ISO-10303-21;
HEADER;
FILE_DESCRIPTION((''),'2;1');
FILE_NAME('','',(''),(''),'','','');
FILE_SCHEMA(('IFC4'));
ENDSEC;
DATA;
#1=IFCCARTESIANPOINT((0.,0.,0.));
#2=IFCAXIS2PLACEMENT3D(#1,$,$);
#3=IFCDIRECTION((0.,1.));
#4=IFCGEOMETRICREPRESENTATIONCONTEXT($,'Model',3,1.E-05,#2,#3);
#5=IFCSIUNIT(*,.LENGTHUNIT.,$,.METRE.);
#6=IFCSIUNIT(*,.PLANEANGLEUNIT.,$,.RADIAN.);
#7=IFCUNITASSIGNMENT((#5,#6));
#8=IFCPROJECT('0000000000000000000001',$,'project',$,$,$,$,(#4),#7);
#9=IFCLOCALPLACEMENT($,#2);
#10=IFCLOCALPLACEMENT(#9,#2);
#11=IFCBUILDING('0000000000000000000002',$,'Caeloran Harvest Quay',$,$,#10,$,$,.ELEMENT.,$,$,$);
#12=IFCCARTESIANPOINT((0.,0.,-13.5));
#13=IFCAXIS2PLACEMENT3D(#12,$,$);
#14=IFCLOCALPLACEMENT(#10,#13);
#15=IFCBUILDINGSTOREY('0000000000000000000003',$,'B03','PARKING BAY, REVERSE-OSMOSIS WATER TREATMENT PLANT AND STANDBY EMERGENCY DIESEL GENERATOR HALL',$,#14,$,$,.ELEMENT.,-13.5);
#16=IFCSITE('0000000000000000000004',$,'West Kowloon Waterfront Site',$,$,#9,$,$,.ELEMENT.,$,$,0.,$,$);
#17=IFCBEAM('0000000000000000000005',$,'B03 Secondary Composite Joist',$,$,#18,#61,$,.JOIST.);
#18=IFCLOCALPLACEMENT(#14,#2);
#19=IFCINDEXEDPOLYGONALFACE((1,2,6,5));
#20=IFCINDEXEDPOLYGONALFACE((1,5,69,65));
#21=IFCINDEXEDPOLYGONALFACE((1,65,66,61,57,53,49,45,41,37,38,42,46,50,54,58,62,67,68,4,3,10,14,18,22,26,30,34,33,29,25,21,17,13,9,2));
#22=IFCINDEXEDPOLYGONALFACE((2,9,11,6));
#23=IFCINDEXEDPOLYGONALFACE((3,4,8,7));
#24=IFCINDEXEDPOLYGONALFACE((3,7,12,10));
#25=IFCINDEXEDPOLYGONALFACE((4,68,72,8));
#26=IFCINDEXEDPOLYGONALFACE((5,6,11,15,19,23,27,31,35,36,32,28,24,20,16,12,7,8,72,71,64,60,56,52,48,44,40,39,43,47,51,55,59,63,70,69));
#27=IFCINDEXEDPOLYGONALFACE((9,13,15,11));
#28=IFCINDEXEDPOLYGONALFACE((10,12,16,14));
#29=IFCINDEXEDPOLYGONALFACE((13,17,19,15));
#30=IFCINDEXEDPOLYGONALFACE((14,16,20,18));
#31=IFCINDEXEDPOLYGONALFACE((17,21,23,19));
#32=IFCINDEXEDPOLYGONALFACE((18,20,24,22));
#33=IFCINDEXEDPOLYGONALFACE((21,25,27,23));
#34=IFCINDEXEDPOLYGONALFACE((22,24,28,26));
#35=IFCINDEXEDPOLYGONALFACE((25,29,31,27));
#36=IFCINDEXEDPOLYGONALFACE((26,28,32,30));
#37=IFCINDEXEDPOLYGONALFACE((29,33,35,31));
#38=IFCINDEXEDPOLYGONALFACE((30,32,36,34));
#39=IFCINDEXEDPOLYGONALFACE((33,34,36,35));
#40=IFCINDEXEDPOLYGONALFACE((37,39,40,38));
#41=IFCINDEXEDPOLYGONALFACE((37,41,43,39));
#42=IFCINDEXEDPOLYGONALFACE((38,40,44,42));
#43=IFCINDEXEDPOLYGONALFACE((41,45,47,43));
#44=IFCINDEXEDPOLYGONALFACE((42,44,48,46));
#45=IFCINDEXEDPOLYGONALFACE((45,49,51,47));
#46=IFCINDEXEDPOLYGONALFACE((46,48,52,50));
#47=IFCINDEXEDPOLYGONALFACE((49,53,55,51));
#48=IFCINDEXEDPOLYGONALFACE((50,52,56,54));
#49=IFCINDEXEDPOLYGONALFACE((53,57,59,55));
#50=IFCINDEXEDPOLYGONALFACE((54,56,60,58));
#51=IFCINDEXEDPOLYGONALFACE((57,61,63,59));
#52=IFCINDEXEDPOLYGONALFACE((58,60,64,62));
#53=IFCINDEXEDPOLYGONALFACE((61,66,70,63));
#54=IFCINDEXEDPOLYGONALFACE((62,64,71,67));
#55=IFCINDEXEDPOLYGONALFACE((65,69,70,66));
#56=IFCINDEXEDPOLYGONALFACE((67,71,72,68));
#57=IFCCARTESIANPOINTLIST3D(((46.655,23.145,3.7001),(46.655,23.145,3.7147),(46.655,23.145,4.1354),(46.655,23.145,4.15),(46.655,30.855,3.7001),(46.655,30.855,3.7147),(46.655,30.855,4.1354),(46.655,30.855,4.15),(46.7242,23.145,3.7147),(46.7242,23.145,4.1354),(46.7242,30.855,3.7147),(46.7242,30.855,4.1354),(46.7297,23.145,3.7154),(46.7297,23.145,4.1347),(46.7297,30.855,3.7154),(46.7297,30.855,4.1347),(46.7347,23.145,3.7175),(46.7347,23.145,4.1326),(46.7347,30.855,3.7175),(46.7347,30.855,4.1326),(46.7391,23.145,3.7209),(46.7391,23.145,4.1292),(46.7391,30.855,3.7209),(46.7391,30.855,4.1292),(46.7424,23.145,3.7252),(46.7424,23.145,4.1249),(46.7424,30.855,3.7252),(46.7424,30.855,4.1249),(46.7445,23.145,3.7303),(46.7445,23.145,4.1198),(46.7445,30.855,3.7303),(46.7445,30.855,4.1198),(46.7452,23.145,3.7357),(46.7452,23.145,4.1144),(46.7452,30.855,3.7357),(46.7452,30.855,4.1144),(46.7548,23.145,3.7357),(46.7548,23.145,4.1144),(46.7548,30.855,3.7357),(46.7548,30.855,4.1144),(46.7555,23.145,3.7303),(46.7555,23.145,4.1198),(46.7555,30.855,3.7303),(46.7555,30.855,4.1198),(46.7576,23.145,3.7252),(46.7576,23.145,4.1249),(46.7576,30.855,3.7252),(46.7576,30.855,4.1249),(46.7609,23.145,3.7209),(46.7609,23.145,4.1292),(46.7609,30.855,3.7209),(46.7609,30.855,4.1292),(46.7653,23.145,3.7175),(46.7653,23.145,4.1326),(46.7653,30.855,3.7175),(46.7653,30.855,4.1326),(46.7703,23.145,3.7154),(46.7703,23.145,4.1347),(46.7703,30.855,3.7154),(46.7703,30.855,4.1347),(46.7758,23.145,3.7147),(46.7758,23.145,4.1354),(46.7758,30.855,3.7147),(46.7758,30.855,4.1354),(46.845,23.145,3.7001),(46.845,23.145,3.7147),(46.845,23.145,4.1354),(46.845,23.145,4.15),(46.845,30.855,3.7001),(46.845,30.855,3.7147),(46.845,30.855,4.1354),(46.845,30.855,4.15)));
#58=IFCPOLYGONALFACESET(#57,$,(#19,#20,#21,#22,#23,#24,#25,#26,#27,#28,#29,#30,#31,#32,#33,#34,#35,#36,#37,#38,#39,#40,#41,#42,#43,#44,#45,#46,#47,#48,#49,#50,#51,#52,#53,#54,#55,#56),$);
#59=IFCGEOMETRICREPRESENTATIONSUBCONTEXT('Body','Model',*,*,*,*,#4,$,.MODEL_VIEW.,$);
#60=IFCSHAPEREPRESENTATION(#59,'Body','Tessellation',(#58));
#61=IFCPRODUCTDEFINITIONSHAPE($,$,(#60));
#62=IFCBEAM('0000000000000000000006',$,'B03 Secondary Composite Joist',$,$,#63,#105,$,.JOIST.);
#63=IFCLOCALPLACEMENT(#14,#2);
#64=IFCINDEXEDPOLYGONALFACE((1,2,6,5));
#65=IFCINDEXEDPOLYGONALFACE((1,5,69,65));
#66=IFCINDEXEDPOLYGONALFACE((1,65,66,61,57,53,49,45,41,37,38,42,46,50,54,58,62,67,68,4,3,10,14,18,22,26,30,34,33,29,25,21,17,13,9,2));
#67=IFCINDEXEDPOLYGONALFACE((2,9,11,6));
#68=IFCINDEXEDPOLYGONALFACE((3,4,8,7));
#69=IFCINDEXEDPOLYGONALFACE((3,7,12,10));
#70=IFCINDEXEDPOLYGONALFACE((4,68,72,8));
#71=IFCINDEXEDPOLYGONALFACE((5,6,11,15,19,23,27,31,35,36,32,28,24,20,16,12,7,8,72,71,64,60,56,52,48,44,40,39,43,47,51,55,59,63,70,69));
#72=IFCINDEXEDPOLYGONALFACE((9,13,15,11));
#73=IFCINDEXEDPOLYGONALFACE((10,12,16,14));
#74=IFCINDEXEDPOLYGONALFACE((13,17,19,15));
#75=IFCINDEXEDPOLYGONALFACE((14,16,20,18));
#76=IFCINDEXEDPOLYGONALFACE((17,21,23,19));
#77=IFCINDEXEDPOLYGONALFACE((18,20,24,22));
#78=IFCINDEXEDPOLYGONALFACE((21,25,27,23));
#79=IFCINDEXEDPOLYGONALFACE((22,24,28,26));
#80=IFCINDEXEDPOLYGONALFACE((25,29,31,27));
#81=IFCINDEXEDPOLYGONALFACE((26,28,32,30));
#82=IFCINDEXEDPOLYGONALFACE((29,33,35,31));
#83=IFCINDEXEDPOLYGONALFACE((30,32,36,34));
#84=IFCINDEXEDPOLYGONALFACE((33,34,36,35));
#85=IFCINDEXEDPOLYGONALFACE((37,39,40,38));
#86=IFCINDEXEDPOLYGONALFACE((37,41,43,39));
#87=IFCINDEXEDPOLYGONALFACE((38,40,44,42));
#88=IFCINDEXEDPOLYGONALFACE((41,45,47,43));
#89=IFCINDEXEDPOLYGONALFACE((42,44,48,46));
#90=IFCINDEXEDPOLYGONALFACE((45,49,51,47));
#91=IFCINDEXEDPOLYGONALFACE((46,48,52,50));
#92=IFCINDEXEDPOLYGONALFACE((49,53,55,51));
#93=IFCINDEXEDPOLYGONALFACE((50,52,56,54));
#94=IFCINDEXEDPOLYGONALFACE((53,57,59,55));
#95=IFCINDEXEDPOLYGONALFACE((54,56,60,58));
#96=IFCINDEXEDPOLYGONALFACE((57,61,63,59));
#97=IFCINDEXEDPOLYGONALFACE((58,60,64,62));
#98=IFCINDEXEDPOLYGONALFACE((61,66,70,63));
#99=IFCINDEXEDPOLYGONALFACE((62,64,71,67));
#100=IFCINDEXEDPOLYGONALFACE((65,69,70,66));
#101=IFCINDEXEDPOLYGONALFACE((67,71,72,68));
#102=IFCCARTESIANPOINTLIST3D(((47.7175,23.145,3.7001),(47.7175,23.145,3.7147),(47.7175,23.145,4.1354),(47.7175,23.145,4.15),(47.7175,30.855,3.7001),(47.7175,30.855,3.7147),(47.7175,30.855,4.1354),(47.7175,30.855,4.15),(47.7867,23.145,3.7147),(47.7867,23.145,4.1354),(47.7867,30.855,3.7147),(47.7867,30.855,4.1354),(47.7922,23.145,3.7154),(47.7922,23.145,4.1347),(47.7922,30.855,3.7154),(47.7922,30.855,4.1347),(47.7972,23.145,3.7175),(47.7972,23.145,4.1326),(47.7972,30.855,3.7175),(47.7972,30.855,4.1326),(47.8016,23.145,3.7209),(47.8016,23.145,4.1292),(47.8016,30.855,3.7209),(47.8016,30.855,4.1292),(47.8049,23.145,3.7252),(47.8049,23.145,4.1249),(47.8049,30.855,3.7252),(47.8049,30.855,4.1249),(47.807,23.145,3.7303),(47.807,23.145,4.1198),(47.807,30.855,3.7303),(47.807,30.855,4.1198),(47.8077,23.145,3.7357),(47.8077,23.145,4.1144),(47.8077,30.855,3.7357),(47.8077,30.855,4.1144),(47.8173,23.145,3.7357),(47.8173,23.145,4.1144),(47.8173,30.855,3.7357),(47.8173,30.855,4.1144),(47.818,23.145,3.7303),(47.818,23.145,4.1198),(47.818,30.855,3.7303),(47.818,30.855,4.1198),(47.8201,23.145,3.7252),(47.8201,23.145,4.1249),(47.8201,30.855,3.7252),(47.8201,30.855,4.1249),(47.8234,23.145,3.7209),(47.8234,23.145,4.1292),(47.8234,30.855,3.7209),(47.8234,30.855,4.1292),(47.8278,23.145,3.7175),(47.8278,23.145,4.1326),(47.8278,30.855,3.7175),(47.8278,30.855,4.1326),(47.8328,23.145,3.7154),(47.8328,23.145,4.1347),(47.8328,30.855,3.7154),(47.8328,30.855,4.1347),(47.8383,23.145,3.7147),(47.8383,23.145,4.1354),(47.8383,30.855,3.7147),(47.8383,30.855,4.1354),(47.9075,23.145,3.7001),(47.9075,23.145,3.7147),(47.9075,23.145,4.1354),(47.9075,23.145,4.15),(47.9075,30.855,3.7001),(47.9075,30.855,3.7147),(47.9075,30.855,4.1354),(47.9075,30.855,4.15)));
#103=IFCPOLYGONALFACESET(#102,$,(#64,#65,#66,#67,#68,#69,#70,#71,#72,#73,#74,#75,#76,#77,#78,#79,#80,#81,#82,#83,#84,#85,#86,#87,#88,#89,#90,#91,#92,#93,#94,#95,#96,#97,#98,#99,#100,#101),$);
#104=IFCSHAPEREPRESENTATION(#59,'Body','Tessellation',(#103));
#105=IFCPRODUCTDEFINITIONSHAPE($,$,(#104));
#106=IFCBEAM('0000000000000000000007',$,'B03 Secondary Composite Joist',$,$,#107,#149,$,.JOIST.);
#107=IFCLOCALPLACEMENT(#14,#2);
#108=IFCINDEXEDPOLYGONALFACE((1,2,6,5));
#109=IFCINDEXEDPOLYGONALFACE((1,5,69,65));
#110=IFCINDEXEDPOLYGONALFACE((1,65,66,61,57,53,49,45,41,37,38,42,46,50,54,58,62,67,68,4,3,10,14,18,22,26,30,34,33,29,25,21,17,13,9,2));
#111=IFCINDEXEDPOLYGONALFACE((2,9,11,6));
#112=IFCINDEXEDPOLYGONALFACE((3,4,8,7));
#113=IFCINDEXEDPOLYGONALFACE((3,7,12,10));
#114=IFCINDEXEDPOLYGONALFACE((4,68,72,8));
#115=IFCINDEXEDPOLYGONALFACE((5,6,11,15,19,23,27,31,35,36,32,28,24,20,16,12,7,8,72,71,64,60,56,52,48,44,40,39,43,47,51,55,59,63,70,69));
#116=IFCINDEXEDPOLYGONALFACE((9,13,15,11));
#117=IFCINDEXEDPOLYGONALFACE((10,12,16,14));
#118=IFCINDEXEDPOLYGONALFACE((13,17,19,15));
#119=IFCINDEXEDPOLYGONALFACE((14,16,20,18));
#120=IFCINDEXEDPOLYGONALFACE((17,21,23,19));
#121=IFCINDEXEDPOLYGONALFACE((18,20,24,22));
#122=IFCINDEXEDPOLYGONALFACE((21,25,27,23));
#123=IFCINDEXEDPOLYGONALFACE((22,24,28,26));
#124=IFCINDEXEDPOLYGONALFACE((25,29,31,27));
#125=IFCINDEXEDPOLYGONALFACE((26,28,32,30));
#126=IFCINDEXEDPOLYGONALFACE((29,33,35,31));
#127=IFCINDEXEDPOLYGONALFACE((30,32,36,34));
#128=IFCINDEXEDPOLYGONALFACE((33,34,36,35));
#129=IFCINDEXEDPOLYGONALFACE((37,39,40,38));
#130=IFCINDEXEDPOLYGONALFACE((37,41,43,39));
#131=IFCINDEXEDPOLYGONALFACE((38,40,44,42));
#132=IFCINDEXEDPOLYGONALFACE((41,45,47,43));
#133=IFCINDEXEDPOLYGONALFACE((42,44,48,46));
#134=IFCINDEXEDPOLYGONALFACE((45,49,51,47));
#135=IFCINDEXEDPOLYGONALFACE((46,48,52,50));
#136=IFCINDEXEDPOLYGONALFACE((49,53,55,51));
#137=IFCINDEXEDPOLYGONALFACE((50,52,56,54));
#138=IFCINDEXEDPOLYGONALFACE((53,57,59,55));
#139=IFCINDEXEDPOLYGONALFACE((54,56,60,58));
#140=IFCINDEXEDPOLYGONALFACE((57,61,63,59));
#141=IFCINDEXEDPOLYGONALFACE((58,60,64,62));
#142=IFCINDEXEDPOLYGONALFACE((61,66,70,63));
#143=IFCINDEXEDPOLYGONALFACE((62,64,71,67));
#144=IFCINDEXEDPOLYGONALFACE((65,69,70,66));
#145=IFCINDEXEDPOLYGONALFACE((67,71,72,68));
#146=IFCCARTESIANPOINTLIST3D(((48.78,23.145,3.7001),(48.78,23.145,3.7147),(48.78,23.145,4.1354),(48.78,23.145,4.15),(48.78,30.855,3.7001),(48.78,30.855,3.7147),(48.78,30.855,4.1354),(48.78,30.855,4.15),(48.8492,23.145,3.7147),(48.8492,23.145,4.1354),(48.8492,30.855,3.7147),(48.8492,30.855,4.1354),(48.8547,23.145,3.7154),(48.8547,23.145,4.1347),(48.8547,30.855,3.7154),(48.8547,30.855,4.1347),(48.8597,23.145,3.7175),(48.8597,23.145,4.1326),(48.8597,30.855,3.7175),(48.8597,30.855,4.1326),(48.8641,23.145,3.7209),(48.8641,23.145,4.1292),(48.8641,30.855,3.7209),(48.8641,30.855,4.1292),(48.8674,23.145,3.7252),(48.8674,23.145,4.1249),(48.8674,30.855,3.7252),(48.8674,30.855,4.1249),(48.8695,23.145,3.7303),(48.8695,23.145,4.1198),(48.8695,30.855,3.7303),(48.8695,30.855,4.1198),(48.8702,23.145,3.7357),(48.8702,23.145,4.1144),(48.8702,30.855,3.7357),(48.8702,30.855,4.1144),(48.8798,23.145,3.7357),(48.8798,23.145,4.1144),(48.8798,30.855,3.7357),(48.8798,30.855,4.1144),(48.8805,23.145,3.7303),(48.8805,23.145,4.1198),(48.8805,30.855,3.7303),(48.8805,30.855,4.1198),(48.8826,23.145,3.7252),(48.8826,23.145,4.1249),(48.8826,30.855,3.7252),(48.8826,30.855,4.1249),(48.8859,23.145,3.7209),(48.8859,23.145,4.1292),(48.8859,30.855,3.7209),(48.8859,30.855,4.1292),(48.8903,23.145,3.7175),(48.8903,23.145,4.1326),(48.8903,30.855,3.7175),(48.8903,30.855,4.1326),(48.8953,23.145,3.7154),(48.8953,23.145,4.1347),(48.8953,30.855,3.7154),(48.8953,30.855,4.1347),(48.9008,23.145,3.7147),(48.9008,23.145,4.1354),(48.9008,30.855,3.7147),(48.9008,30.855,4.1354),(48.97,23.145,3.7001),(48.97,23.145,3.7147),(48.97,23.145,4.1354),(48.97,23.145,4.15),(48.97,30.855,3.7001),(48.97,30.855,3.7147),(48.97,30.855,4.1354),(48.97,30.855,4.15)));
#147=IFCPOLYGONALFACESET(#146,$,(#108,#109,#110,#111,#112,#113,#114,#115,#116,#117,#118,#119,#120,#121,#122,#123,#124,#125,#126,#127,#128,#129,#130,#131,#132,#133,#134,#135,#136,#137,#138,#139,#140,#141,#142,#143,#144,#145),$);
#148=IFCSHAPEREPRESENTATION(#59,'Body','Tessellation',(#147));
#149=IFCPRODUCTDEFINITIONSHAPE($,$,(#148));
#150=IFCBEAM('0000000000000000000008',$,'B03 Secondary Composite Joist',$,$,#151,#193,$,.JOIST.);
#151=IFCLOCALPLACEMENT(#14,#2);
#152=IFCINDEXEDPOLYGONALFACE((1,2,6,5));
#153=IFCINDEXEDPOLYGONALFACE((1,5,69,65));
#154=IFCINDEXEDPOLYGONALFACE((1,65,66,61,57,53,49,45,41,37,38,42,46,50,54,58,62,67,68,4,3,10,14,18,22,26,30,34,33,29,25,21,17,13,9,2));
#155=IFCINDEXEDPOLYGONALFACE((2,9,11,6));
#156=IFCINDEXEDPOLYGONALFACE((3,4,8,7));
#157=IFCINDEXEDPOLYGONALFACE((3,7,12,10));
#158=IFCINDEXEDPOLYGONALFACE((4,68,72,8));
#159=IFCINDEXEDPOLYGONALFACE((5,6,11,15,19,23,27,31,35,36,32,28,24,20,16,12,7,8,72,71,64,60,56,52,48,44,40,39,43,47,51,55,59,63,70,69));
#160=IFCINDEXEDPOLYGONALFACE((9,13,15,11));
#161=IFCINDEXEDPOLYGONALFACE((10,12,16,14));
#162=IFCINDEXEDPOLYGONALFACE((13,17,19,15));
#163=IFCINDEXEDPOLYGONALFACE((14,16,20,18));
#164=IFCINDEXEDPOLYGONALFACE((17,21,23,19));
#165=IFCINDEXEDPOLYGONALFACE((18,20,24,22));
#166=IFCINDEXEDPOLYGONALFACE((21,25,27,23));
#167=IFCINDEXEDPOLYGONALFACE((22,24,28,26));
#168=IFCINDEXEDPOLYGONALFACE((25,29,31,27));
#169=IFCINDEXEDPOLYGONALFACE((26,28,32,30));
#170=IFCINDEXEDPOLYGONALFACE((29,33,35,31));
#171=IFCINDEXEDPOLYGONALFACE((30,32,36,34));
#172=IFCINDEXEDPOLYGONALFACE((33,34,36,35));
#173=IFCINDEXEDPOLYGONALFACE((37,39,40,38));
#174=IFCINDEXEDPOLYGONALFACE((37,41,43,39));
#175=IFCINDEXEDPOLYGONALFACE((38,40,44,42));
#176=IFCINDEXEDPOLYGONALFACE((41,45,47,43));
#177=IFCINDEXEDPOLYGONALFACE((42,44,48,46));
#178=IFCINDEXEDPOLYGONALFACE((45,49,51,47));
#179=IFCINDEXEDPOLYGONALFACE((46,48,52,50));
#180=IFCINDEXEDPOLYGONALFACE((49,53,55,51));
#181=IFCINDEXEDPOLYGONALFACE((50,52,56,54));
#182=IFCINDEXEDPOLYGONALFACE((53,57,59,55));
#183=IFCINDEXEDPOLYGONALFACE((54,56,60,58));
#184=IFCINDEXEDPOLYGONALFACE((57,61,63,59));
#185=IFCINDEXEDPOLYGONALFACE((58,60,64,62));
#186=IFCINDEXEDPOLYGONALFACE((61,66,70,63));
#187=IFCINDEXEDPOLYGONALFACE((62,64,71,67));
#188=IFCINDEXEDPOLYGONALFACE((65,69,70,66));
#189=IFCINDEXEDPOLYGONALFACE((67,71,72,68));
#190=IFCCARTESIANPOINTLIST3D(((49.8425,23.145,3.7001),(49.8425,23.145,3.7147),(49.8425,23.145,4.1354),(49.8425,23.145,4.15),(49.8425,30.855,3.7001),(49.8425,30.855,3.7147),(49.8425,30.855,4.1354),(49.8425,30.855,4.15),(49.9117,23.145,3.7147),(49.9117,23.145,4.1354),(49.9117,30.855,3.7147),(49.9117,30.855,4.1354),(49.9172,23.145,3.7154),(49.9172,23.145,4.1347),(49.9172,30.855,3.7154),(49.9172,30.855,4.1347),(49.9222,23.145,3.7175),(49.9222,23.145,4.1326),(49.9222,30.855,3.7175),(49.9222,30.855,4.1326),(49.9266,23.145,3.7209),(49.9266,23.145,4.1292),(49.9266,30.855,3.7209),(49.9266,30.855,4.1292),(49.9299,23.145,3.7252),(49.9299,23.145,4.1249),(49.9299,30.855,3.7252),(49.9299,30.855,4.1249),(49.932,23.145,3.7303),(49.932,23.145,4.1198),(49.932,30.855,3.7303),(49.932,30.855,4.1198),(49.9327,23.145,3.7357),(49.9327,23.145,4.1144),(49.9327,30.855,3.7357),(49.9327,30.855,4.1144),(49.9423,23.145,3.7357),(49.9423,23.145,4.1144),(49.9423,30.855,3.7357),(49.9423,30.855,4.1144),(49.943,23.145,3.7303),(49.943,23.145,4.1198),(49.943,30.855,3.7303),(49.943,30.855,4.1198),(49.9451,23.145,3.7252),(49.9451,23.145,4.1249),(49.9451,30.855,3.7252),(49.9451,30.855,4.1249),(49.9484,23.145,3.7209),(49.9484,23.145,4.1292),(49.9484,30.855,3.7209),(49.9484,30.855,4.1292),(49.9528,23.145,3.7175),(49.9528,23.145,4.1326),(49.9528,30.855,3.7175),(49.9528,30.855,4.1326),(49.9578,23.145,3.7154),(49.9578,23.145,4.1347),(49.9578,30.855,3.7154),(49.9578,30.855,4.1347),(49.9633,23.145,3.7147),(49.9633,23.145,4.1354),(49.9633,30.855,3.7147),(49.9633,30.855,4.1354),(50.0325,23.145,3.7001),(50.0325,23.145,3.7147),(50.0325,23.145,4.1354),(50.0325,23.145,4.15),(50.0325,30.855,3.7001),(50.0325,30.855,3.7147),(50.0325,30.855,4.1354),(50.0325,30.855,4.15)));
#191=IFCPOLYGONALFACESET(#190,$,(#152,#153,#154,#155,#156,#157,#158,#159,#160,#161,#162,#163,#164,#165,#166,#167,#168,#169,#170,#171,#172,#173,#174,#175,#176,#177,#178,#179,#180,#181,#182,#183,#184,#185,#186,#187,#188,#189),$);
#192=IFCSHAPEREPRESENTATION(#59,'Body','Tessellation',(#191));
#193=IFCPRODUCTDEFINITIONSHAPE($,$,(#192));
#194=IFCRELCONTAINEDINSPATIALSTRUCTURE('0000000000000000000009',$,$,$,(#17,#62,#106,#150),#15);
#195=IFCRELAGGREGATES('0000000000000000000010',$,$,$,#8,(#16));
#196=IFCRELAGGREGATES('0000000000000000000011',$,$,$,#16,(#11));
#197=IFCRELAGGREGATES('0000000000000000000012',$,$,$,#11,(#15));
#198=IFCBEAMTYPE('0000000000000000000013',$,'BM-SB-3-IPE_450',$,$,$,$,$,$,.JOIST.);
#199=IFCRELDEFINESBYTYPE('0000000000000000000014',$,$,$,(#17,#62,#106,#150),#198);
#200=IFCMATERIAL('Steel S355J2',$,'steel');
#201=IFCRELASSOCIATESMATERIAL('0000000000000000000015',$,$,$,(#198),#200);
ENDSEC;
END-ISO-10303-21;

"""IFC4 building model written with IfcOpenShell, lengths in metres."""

from ifc_helpers import new_model, si_unit, direction, frame, origin, origin_2d, place, context, subcontext, project, spatial, i_section, extrude, material, material_profile, profile_set, type_object, element, save


model = new_model("IFC4")

# Units and contexts
model_context = context("Model", 3, precision=1e-05, world=origin(), true_north=direction((0.0, 1.0)))
body_context = subcontext(model_context, "Body", "Model", "MODEL_VIEW")
ifc_project = project(units=[si_unit("LENGTHUNIT", "METRE"), si_unit("PLANEANGLEUNIT", "RADIAN")], contexts=[model_context])

# Site, building, storey
site_placement = place(None, origin())
site = spatial("IfcSite", under=ifc_project, at=site_placement, Name="West Kowloon Waterfront Site", CompositionType="ELEMENT", RefElevation=0.0)
building_placement = place(site_placement, origin())
building = spatial("IfcBuilding", under=site, at=building_placement, Name="Caeloran Harvest Quay", CompositionType="ELEMENT")
storey_placement = place(building_placement, frame((0.0, 0.0, -13.5)))
storey = spatial("IfcBuildingStorey", under=building, at=storey_placement, Name="B03", Description="PARKING BAY, REVERSE-OSMOSIS WATER TREATMENT PLANT AND STANDBY EMERGENCY DIESEL GENERATOR HALL", CompositionType="ELEMENT", Elevation=-13.5)

# Beams
ifc_material_1 = material(Name="Steel S355J2", Category="steel")
ifc_material_profile_1 = material_profile(ifc_material_1, i_section(OverallWidth=0.1899, OverallDepth=0.45, WebThickness=0.0095, FlangeThickness=0.0146, FilletRadius=0.021, at=origin_2d()), Name="IPE 450")
ifc_profile_set_1 = profile_set([ifc_material_profile_1], Name="Steel S355J2")
beam_type_1 = type_object("IfcBeamType", Name="BM-SB-3-IPE_450", PredefinedType="JOIST", material=ifc_profile_set_1)
for number, where, z_axis, x_axis, name in (
    (1, (46.75, 23.145, 3.925), (0.0, 1.0, 0.0), (-1.0, 0.0, 0.0), "B03 Secondary Composite Joist"),
    (2, (47.8125, 23.145, 3.925), (0.0, 1.0, 0.0), (-1.0, 0.0, 0.0), "B03 Secondary Composite Joist"),
    (3, (48.875, 23.145, 3.925), (0.0, 1.0, 0.0), (-1.0, 0.0, 0.0), "B03 Secondary Composite Joist"),
    (4, (49.9375, 23.145, 3.925), (0.0, 1.0, 0.0), (-1.0, 0.0, 0.0), "B03 Secondary Composite Joist"),
):
    element("IfcBeam", number, at=place(storey_placement, frame(where, z_axis=z_axis, x_axis=x_axis)), inside=storey, type_object=beam_type_1, Name=name, PredefinedType="JOIST", context=body_context, shape_type="SweptSolid", body=[
        extrude(i_section(OverallWidth=0.1899, OverallDepth=0.45, WebThickness=0.0095, FlangeThickness=0.0146, FilletRadius=0.021, at=origin_2d()), origin(), (0.0, 0.0, 1.0), 7.71),
    ])

save(model, "model.ifc")
